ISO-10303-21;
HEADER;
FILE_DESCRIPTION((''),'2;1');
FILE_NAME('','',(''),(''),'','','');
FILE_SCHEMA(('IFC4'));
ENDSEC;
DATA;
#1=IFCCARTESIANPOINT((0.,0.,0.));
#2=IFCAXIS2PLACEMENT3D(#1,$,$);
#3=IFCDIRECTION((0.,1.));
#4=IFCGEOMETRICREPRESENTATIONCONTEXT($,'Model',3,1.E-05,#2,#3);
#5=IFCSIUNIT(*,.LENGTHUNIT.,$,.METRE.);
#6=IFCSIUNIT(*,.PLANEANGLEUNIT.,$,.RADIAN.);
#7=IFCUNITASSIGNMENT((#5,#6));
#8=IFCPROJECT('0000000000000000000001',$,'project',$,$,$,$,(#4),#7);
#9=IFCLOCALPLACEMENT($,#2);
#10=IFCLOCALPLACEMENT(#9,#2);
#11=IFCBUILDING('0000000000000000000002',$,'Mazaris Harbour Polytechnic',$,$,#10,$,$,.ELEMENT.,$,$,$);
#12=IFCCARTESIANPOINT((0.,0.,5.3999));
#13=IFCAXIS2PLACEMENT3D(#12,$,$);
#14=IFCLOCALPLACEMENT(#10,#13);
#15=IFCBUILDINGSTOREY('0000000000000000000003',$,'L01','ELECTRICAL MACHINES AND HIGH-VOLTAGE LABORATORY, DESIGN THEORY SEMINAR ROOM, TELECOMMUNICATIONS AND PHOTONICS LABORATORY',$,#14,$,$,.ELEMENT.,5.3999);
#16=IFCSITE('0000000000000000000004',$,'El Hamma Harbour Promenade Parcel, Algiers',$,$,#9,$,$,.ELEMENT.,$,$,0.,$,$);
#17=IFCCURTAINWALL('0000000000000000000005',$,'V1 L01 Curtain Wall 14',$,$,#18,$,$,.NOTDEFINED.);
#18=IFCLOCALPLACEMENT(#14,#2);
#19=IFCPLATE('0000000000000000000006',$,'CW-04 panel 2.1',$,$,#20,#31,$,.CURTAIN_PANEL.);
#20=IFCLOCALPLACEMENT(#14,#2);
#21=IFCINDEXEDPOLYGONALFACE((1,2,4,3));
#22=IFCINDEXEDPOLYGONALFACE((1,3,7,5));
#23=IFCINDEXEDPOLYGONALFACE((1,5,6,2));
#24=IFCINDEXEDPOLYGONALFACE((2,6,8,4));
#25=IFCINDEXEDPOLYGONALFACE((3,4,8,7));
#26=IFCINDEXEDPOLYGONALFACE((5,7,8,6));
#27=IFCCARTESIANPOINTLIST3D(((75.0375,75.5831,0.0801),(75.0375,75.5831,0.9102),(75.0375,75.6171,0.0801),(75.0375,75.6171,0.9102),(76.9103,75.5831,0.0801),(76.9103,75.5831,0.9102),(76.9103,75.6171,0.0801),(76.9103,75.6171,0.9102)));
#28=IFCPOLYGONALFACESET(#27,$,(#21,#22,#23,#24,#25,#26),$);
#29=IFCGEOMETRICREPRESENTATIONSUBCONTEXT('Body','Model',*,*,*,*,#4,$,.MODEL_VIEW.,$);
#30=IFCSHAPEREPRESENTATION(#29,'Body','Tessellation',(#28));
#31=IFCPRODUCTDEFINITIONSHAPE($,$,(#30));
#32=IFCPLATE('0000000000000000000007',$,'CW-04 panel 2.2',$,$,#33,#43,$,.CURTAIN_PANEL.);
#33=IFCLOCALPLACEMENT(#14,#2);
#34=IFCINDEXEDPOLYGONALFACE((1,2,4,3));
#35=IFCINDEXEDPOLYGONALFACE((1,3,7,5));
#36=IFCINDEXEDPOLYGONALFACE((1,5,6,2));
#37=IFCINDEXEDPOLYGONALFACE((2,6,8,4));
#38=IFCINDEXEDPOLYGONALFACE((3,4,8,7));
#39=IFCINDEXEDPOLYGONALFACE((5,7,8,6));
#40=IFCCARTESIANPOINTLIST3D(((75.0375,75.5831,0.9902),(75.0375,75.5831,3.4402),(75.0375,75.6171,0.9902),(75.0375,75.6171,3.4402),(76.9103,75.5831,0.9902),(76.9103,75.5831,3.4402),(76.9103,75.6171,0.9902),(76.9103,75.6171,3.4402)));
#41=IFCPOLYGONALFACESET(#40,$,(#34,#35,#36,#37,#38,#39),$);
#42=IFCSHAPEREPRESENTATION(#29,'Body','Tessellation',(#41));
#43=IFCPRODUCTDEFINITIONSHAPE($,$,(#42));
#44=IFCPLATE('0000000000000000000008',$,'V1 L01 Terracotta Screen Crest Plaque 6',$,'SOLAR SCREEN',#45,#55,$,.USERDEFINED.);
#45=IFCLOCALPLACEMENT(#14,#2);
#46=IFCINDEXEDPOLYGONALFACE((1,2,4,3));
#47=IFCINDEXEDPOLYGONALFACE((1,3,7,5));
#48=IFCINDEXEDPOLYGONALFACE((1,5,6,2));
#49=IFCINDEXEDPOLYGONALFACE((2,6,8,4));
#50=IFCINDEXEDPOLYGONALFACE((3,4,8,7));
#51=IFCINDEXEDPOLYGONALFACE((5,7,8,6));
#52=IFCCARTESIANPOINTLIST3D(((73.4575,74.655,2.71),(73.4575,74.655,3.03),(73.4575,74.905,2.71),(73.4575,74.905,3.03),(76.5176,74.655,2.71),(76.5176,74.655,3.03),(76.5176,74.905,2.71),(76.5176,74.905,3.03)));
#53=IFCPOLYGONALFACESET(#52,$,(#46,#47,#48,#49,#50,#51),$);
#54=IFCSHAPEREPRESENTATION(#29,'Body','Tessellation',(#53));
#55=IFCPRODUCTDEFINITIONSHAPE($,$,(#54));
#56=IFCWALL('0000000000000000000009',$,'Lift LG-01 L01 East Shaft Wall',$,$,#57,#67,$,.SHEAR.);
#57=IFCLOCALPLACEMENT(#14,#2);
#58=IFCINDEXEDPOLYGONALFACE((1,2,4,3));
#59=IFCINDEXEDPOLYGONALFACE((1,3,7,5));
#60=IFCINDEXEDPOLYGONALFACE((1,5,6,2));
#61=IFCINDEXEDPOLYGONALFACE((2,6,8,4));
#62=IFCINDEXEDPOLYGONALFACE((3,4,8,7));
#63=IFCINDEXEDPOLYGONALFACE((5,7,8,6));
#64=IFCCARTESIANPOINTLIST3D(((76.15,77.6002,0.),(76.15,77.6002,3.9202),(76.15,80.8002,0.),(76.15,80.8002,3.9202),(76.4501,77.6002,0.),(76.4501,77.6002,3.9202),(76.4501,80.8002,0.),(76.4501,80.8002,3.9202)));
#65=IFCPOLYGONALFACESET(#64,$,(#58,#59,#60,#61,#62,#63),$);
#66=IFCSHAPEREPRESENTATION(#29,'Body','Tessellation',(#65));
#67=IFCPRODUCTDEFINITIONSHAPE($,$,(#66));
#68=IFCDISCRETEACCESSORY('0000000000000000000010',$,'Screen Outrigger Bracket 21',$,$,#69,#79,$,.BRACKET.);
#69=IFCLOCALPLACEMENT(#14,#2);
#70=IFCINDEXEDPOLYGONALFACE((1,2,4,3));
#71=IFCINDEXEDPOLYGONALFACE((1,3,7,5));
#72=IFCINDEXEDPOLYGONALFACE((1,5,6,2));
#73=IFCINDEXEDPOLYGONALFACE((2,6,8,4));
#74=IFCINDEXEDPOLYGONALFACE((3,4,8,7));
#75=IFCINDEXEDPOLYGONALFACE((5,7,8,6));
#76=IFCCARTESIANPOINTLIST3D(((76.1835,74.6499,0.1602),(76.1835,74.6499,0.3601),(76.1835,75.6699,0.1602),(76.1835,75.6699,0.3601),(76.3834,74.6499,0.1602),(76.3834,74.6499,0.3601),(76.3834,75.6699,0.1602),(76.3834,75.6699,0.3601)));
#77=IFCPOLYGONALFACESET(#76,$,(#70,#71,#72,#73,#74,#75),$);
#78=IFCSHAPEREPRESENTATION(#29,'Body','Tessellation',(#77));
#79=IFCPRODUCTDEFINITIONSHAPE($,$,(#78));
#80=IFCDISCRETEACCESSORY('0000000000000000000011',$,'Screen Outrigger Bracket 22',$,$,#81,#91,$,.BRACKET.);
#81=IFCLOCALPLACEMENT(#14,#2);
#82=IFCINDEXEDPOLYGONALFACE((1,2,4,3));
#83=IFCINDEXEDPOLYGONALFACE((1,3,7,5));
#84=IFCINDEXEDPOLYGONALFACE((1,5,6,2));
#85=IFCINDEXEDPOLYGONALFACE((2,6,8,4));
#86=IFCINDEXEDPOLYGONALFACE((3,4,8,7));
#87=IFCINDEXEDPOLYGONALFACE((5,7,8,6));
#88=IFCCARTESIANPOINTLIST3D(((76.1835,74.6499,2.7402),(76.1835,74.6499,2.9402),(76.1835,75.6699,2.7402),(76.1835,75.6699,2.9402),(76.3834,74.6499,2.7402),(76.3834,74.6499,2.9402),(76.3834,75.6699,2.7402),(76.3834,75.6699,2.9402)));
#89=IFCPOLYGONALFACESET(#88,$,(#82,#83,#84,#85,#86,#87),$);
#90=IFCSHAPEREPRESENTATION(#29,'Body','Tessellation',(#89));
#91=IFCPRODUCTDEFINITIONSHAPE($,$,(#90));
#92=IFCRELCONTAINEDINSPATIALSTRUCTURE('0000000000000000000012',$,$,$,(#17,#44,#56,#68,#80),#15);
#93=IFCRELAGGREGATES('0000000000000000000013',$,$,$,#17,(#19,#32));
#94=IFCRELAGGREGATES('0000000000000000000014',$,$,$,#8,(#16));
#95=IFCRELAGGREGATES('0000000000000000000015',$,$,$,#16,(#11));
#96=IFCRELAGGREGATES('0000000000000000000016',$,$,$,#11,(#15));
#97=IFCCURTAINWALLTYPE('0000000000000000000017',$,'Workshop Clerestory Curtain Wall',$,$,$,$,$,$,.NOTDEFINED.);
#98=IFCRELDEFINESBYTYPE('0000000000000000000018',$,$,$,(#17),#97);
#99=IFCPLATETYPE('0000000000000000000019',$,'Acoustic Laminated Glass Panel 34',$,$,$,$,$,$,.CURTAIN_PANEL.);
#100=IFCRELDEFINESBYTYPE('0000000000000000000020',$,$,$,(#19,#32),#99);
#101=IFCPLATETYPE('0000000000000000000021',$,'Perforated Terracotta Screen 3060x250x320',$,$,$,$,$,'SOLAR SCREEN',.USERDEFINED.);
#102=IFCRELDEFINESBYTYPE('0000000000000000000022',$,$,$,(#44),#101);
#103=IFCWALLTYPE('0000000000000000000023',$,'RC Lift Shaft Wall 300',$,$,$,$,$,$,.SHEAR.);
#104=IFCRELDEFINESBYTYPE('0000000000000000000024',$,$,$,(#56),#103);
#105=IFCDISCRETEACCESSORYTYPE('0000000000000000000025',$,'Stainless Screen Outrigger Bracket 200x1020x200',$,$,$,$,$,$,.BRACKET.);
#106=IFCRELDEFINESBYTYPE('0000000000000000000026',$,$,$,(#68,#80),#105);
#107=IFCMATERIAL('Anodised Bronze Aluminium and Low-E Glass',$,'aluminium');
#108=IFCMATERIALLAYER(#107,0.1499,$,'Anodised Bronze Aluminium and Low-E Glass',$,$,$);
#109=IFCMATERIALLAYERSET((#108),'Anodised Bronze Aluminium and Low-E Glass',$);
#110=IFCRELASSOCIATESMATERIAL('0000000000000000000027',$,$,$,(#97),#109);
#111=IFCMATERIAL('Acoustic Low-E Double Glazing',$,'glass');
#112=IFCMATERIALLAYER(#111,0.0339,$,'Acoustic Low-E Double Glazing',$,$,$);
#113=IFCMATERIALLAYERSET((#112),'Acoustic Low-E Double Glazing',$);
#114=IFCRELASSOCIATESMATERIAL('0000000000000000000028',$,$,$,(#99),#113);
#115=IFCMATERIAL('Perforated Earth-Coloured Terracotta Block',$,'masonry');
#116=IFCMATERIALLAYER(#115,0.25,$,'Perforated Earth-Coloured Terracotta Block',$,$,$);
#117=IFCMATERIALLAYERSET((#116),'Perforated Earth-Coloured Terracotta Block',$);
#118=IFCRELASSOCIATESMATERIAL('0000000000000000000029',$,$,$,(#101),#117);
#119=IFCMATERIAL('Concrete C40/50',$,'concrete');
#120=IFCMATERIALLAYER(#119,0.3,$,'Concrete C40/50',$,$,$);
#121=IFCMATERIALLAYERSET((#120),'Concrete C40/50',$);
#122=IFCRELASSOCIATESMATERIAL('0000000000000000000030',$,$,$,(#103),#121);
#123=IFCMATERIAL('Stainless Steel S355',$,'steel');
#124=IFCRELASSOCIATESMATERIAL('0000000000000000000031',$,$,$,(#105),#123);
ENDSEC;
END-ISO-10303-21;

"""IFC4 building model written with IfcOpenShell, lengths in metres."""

from ifc_helpers import new_model, si_unit, direction, frame, frame_2d, origin, origin_2d, place, context, subcontext, project, spatial, rectangle, extrude, material, layer, layer_set, type_object, element, aggregate, save


model = new_model("IFC4")

# Units and contexts
model_context = context("Model", 3, precision=1e-05, world=origin(), true_north=direction((0.0, 1.0)))
body_context = subcontext(model_context, "Body", "Model", "MODEL_VIEW")
ifc_project = project(units=[si_unit("LENGTHUNIT", "METRE"), si_unit("PLANEANGLEUNIT", "RADIAN")], contexts=[model_context])

# Site, building, storey
site_placement = place(None, origin())
site = spatial("IfcSite", under=ifc_project, at=site_placement, Name="El Hamma Harbour Promenade Parcel, Algiers", CompositionType="ELEMENT", RefElevation=0.0)
building_placement = place(site_placement, origin())
building = spatial("IfcBuilding", under=site, at=building_placement, Name="Mazaris Harbour Polytechnic", CompositionType="ELEMENT")
storey_placement = place(building_placement, frame((0.0, 0.0, 5.3999)))
storey = spatial("IfcBuildingStorey", under=building, at=storey_placement, Name="L01", Description="ELECTRICAL MACHINES AND HIGH-VOLTAGE LABORATORY, DESIGN THEORY SEMINAR ROOM, TELECOMMUNICATIONS AND PHOTONICS LABORATORY", CompositionType="ELEMENT", Elevation=5.3999)

# Curtain wall, plates
ifc_material_1 = material(Name="Anodised Bronze Aluminium and Low-E Glass", Category="aluminium")
ifc_layer_1 = layer(ifc_material_1, 0.1499, Name="Anodised Bronze Aluminium and Low-E Glass")
ifc_layer_set_1 = layer_set([ifc_layer_1], Name="Anodised Bronze Aluminium and Low-E Glass")
curtain_wall_type = type_object("IfcCurtainWallType", Name="Workshop Clerestory Curtain Wall", PredefinedType="NOTDEFINED", material=ifc_layer_set_1)
curtain_wall_placement = place(storey_placement, origin())
curtain_wall = element("IfcCurtainWall", 1, at=curtain_wall_placement, inside=storey, type_object=curtain_wall_type, Name="V1 L01 Curtain Wall 14", PredefinedType="NOTDEFINED")
ifc_material_2 = material(Name="Acoustic Low-E Double Glazing", Category="glass")
ifc_layer_2 = layer(ifc_material_2, 0.0339, Name="Acoustic Low-E Double Glazing")
ifc_layer_set_2 = layer_set([ifc_layer_2], Name="Acoustic Low-E Double Glazing")
plate_type_1 = type_object("IfcPlateType", Name="Acoustic Laminated Glass Panel 34", PredefinedType="CURTAIN_PANEL", material=ifc_layer_set_2)
plate_1_placement = place(storey_placement, frame((75.9739, 75.6001, 0.0801), z_axis=(0.0, 0.0, 1.0), x_axis=(-1.0, 0.0, 0.0)))
plate_1 = element("IfcPlate", 2, at=plate_1_placement, type_object=plate_type_1, Name="CW-04 panel 2.1", PredefinedType="CURTAIN_PANEL", context=body_context, shape_type="SweptSolid", body=[
    extrude(rectangle(XDim=1.8728, YDim=0.0339, at=origin_2d()), origin(), (0.0, 0.0, 1.0), 0.8301),
])
plate_2_placement = place(storey_placement, frame((75.9739, 75.6001, 0.9902), z_axis=(0.0, 0.0, 1.0), x_axis=(-1.0, 0.0, 0.0)))
plate_2 = element("IfcPlate", 3, at=plate_2_placement, type_object=plate_type_1, Name="CW-04 panel 2.2", PredefinedType="CURTAIN_PANEL", context=body_context, shape_type="SweptSolid", body=[
    extrude(rectangle(XDim=1.8728, YDim=0.0339, at=origin_2d()), origin(), (0.0, 0.0, 1.0), 2.45),
])
aggregate(curtain_wall, [plate_1, plate_2])

# Plate
ifc_material_3 = material(Name="Perforated Earth-Coloured Terracotta Block", Category="masonry")
ifc_layer_3 = layer(ifc_material_3, 0.25, Name="Perforated Earth-Coloured Terracotta Block")
ifc_layer_set_3 = layer_set([ifc_layer_3], Name="Perforated Earth-Coloured Terracotta Block")
plate_type_2 = type_object("IfcPlateType", Name="Perforated Terracotta Screen 3060x250x320", ElementType="SOLAR SCREEN", PredefinedType="USERDEFINED", material=ifc_layer_set_3)
plate_3_placement = place(storey_placement, frame((74.9875, 74.78, 2.71), z_axis=(0.0, 0.0, 1.0), x_axis=(-1.0, 0.0, 0.0)))
element("IfcPlate", 4, at=plate_3_placement, inside=storey, type_object=plate_type_2, Name="V1 L01 Terracotta Screen Crest Plaque 6", ObjectType="SOLAR SCREEN", PredefinedType="USERDEFINED", context=body_context, shape_type="SweptSolid", body=[
    extrude(rectangle(XDim=3.0601, YDim=0.25, at=origin_2d()), origin(), (0.0, 0.0, 1.0), 0.3201),
])

# Wall
ifc_material_4 = material(Name="Concrete C40/50", Category="concrete")
ifc_layer_4 = layer(ifc_material_4, 0.3, Name="Concrete C40/50")
ifc_layer_set_4 = layer_set([ifc_layer_4], Name="Concrete C40/50")
wall_type = type_object("IfcWallType", Name="RC Lift Shaft Wall 300", PredefinedType="SHEAR", material=ifc_layer_set_4)
wall_placement = place(storey_placement, frame((76.3, 77.6001, 0.0), z_axis=(0.0, 0.0, 1.0), x_axis=(0.0, 1.0, 0.0)))
element("IfcWall", 5, at=wall_placement, inside=storey, type_object=wall_type, Name="Lift LG-01 L01 East Shaft Wall", PredefinedType="SHEAR", context=body_context, shape_type="SweptSolid", body=[
    extrude(rectangle(XDim=3.2, YDim=0.3, at=frame_2d((1.6001, 0.0))), origin(), (0.0, 0.0, 1.0), 3.9202),
])

# Discrete accessories
ifc_material_5 = material(Name="Stainless Steel S355", Category="steel")
discrete_accessory_type = type_object("IfcDiscreteAccessoryType", Name="Stainless Screen Outrigger Bracket 200x1020x200", PredefinedType="BRACKET", material=ifc_material_5)
for number, where, z_axis, x_axis, name in (
    (6, (76.2834, 75.1599, 0.1602), (0.0, 0.0, 1.0), (-1.0, 0.0, 0.0), "Screen Outrigger Bracket 21"),
    (7, (76.2834, 75.1599, 2.7402), (0.0, 0.0, 1.0), (-1.0, 0.0, 0.0), "Screen Outrigger Bracket 22"),
):
    element("IfcDiscreteAccessory", number, at=place(storey_placement, frame(where, z_axis=z_axis, x_axis=x_axis)), inside=storey, type_object=discrete_accessory_type, Name=name, PredefinedType="BRACKET", context=body_context, shape_type="SweptSolid", body=[
        extrude(rectangle(XDim=0.2, YDim=1.02, at=origin_2d()), origin(), (0.0, 0.0, 1.0), 0.2),
    ])

save(model, "model.ifc")
